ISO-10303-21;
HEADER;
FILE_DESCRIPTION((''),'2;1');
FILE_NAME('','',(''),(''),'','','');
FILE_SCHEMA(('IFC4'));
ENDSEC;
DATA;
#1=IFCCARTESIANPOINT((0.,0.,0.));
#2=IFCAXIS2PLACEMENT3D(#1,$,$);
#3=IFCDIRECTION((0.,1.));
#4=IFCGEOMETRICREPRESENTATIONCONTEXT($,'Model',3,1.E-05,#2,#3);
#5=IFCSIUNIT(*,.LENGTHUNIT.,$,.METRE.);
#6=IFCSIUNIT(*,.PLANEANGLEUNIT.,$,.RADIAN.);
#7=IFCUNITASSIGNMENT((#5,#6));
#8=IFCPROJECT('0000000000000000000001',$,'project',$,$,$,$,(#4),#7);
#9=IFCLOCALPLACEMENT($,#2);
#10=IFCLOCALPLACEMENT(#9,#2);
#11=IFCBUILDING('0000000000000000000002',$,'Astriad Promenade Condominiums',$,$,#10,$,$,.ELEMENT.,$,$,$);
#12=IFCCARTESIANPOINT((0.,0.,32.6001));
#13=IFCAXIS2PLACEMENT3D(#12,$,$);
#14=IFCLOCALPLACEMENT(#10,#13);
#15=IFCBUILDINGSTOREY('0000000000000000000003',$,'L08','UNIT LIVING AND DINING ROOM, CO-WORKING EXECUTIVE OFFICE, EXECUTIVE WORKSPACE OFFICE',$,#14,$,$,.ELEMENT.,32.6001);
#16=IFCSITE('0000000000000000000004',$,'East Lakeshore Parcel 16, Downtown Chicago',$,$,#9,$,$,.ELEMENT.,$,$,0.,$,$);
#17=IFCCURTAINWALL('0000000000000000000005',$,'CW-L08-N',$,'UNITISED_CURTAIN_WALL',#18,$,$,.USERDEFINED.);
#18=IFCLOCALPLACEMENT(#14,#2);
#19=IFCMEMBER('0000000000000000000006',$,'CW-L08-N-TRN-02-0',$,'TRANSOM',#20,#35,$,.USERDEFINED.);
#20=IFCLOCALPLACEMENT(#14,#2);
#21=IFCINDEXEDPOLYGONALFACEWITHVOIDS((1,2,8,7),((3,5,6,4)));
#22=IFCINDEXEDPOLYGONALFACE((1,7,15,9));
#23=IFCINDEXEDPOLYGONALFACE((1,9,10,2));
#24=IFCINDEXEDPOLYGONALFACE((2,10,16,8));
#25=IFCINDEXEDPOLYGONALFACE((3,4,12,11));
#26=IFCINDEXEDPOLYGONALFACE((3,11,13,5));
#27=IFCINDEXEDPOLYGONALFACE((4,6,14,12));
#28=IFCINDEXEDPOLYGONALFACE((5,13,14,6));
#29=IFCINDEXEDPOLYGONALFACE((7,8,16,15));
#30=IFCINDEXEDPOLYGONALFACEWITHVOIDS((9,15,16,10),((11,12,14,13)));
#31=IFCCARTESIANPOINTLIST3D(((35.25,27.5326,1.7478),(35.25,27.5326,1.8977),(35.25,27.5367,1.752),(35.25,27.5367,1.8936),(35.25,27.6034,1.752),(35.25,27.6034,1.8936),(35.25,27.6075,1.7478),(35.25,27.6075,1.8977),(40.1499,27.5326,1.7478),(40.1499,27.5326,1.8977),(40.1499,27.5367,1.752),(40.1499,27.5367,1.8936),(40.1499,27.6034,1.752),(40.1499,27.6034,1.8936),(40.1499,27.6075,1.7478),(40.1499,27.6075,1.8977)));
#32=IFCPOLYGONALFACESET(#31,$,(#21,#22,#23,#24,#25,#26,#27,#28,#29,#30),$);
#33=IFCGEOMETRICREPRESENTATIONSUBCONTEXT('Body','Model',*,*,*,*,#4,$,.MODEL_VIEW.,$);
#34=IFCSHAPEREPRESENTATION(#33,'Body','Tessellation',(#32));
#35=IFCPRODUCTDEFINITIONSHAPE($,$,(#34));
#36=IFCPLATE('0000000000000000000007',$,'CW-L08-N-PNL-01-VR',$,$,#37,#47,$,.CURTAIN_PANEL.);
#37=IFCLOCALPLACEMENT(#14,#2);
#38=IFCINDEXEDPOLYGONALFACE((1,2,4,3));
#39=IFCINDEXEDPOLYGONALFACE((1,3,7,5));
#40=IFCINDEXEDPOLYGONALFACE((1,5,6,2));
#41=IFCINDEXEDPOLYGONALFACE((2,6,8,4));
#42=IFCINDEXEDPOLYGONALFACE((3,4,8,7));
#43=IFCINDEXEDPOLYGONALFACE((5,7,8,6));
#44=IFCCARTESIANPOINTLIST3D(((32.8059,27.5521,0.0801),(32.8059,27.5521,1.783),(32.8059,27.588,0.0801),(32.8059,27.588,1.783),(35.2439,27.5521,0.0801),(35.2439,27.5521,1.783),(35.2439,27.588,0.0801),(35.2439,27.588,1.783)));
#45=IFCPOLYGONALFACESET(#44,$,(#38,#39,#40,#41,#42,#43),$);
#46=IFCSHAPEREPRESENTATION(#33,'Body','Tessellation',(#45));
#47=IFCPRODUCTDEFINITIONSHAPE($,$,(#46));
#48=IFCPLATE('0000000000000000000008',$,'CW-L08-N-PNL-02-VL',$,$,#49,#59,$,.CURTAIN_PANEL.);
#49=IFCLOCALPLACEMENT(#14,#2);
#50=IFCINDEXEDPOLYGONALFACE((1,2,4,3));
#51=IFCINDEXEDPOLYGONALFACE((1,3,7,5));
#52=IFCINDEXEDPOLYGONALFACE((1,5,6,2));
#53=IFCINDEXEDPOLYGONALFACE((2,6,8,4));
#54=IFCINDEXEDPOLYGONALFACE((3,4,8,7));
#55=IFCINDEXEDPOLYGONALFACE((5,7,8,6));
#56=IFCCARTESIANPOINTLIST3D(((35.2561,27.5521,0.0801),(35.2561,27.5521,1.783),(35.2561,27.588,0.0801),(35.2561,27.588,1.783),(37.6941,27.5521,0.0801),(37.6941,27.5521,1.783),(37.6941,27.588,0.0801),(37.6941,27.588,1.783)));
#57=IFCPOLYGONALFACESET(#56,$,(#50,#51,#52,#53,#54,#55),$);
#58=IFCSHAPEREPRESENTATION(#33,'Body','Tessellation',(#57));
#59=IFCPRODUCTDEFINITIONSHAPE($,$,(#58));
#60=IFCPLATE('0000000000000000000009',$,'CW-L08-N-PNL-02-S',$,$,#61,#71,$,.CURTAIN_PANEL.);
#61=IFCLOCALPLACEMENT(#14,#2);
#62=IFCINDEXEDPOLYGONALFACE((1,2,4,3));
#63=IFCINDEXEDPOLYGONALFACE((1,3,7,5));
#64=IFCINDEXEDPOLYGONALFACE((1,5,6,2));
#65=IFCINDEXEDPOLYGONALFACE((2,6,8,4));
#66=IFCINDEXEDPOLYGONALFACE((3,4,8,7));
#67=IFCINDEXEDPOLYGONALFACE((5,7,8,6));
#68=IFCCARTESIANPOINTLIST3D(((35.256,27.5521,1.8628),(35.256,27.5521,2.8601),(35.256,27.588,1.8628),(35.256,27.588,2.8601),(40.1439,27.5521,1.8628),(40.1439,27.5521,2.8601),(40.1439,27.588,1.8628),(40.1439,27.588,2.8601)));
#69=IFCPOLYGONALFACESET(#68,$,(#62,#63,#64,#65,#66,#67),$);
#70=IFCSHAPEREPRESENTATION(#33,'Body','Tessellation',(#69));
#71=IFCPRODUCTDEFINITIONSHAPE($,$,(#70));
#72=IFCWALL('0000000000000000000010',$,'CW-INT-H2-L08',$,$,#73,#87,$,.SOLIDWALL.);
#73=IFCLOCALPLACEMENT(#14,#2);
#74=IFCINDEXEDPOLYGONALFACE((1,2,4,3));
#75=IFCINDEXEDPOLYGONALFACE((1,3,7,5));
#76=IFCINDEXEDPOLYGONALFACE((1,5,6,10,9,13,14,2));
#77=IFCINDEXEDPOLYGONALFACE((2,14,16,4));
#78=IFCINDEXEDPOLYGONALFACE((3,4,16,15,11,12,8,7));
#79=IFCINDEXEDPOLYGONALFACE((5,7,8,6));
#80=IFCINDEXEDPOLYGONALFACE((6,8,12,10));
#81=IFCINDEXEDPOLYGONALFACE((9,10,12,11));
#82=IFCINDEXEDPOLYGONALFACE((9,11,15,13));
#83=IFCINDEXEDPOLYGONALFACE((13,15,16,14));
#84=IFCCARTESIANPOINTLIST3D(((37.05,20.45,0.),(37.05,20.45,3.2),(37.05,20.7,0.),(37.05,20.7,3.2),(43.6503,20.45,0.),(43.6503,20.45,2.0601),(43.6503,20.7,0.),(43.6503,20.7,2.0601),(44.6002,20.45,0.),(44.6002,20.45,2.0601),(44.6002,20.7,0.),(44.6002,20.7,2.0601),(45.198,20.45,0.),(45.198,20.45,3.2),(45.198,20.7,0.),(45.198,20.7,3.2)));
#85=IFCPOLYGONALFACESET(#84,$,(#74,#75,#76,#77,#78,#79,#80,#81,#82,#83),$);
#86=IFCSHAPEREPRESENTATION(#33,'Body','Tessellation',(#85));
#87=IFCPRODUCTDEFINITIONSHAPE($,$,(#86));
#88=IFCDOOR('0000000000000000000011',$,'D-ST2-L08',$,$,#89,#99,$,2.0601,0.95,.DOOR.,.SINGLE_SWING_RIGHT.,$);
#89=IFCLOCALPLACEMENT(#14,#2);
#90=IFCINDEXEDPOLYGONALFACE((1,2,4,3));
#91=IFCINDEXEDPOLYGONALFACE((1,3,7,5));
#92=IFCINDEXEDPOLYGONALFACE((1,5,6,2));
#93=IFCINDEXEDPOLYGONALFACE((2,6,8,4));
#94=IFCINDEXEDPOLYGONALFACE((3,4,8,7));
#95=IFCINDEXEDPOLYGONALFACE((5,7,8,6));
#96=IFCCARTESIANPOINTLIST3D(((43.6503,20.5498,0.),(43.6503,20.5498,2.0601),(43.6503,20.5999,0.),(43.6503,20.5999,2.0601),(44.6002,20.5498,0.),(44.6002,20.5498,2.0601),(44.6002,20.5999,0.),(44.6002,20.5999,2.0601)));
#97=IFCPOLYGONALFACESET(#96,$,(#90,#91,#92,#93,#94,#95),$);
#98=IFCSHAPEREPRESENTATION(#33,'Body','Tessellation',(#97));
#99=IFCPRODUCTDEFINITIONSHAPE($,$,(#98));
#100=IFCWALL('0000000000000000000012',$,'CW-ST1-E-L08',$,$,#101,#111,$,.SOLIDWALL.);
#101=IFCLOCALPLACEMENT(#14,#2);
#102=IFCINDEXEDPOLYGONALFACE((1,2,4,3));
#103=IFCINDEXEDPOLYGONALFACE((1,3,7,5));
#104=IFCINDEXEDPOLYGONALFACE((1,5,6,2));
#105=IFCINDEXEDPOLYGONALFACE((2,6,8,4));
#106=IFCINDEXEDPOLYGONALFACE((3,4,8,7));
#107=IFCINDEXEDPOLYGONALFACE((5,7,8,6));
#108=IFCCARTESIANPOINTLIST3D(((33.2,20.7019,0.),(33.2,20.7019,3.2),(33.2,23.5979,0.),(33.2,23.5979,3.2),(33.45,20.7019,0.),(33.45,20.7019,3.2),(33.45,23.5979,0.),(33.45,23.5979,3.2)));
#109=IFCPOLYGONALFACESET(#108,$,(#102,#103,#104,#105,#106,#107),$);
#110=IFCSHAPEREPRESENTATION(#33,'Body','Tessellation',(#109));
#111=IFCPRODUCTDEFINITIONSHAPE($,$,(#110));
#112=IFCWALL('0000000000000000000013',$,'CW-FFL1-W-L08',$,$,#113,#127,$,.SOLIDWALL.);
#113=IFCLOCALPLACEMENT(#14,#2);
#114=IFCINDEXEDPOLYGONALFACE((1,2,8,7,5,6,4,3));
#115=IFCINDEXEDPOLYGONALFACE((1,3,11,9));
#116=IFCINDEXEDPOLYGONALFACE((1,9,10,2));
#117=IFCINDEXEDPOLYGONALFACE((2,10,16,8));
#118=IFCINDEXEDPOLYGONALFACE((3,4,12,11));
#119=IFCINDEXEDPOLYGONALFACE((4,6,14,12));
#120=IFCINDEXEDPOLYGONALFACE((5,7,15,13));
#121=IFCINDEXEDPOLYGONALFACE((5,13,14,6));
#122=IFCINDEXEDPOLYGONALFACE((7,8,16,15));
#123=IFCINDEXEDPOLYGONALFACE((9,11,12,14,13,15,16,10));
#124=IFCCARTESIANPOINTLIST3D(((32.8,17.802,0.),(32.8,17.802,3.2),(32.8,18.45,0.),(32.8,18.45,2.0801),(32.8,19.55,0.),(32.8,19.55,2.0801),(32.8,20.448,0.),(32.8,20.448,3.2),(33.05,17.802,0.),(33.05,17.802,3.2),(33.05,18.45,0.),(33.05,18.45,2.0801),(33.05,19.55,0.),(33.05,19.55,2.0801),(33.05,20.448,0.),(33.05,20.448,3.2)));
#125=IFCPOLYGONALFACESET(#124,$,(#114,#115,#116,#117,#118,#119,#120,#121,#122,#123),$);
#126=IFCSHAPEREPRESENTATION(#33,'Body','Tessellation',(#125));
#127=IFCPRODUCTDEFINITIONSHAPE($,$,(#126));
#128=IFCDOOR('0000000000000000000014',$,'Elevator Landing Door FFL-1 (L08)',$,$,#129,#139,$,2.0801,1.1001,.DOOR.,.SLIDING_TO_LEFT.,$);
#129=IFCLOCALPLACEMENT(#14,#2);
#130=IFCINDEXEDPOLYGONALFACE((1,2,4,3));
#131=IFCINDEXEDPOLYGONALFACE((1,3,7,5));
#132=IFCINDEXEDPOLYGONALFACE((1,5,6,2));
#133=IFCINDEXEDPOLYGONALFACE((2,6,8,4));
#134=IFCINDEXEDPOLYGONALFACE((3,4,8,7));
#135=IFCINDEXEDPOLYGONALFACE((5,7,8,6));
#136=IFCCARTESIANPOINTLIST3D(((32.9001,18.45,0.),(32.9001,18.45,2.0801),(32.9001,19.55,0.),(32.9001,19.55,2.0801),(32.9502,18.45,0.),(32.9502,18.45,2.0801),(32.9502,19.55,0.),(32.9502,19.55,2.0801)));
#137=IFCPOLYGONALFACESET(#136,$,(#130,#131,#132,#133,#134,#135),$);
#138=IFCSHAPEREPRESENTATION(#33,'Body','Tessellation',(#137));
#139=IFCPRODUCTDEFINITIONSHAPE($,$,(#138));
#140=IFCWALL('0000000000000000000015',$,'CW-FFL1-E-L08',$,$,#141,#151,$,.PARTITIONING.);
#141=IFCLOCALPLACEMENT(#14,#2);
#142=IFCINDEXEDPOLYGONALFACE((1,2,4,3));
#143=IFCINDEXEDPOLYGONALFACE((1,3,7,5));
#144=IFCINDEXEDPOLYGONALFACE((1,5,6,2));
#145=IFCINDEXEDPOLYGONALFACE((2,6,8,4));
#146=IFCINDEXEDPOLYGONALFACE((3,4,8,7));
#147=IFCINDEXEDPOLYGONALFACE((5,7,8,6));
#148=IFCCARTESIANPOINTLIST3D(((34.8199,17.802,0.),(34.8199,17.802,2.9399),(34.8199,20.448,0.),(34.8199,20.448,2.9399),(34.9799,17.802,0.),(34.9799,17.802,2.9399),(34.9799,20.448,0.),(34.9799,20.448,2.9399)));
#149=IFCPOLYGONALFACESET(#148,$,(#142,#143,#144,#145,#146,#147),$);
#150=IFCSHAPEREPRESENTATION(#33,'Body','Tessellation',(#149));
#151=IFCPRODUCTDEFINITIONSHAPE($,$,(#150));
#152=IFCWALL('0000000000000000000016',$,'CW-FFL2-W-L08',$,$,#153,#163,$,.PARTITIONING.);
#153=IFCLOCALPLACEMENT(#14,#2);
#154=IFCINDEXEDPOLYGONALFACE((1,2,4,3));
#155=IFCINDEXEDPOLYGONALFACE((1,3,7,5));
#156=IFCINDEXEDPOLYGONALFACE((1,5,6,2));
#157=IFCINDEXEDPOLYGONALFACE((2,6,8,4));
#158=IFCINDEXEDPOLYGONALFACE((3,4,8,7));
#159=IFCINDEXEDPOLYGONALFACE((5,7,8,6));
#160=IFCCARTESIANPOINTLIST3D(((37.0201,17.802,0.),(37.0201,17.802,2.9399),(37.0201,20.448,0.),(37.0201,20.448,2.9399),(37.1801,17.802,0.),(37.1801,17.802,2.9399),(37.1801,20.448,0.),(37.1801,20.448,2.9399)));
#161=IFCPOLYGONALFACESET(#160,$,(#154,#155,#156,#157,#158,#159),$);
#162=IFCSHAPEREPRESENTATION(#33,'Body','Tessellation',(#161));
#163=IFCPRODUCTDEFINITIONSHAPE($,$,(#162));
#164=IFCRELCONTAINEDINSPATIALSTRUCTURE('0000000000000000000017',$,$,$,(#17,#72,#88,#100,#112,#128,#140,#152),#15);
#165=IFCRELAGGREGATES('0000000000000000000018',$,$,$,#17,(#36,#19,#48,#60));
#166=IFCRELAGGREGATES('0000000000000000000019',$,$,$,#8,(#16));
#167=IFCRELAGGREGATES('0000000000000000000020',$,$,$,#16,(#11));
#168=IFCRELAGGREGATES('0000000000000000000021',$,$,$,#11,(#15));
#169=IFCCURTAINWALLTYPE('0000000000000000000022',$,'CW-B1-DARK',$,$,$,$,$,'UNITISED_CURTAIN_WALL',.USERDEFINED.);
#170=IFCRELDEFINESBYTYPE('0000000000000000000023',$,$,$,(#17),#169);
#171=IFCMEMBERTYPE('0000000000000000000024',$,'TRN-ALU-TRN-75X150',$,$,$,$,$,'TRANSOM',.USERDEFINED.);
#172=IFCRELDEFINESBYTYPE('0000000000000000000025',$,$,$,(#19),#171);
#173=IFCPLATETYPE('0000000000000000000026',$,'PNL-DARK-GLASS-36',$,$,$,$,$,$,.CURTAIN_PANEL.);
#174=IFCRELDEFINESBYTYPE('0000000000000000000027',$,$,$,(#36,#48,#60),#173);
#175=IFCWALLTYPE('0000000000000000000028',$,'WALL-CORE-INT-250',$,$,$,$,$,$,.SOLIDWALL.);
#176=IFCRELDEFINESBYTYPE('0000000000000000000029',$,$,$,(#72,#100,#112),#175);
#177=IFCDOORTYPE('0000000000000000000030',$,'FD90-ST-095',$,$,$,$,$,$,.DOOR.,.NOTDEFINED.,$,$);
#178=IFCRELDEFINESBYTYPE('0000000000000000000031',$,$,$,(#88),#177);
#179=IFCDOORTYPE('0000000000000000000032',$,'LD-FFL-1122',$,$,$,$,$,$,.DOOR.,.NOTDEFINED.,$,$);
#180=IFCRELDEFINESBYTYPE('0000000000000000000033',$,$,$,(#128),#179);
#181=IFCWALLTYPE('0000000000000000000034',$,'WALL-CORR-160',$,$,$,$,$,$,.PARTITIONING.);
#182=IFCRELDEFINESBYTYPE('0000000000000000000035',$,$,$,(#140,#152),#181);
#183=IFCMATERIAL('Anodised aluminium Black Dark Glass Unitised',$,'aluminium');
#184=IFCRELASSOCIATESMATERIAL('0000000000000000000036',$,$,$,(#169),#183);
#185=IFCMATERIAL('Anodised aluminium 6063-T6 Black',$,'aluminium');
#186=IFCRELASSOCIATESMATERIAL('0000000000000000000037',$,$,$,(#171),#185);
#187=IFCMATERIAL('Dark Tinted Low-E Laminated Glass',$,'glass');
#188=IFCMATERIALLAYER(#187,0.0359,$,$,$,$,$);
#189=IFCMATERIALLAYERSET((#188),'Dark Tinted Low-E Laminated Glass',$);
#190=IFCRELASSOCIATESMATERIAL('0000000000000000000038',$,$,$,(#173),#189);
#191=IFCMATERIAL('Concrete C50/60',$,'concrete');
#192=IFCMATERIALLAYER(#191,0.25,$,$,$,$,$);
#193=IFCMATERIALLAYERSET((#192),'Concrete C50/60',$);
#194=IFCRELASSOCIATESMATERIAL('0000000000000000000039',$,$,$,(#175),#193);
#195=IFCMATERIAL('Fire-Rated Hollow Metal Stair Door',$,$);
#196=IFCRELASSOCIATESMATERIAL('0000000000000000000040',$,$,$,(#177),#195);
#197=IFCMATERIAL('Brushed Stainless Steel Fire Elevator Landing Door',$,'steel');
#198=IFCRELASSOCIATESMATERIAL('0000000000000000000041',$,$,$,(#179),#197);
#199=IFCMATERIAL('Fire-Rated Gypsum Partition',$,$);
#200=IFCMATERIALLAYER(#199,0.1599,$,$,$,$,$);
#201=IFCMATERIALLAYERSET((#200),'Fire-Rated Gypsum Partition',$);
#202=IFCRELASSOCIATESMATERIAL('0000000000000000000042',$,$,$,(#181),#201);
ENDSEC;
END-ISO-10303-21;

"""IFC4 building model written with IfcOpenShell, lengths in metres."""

from ifc_helpers import new_model, si_unit, direction, frame, frame_2d, origin, origin_2d, place, context, subcontext, project, spatial, rectangle, hollow_rectangle, extrude, source, transform, mapped, material, layer, layer_set, material_profile, profile_set, type_object, type_shapes, element, fill, aggregate, save


model = new_model("IFC4")

# Units and contexts
model_context = context("Model", 3, precision=1e-05, world=origin(), true_north=direction((0.0, 1.0)))
body_context = subcontext(model_context, "Body", "Model", "MODEL_VIEW")
ifc_project = project(units=[si_unit("LENGTHUNIT", "METRE"), si_unit("PLANEANGLEUNIT", "RADIAN")], contexts=[model_context])

# Site, building, storey
site_placement = place(None, origin())
site = spatial("IfcSite", under=ifc_project, at=site_placement, Name="East Lakeshore Parcel 16, Downtown Chicago", CompositionType="ELEMENT", RefElevation=0.0)
building_placement = place(site_placement, origin())
building = spatial("IfcBuilding", under=site, at=building_placement, Name="Astriad Promenade Condominiums", CompositionType="ELEMENT")
storey_placement = place(building_placement, frame((0.0, 0.0, 32.6001)))
storey = spatial("IfcBuildingStorey", under=building, at=storey_placement, Name="L08", Description="UNIT LIVING AND DINING ROOM, CO-WORKING EXECUTIVE OFFICE, EXECUTIVE WORKSPACE OFFICE", CompositionType="ELEMENT", Elevation=32.6001)

# Curtain wall, member, plates
ifc_material_1 = material(Name="Anodised aluminium Black Dark Glass Unitised", Category="aluminium")
curtain_wall_type = type_object("IfcCurtainWallType", Name="CW-B1-DARK", ElementType="UNITISED_CURTAIN_WALL", PredefinedType="USERDEFINED", material=ifc_material_1)
curtain_wall_placement = place(storey_placement, origin())
curtain_wall = element("IfcCurtainWall", 1, at=curtain_wall_placement, inside=storey, type_object=curtain_wall_type, Name="CW-L08-N", ObjectType="UNITISED_CURTAIN_WALL", PredefinedType="USERDEFINED")
ifc_material_2 = material(Name="Anodised aluminium 6063-T6 Black", Category="aluminium")
ifc_material_profile_1 = material_profile(ifc_material_2, hollow_rectangle(XDim=0.075, YDim=0.1499, WallThickness=0.0042, at=origin_2d()), Name="ALU-TRN-75X150")
ifc_profile_set_1 = profile_set([ifc_material_profile_1], Name="Anodised aluminium 6063-T6 Black")
member_type_1 = type_object("IfcMemberType", Name="TRN-ALU-TRN-75X150", ElementType="TRANSOM", PredefinedType="USERDEFINED", material=ifc_profile_set_1)
shared_shape_1 = source(origin(), body_context, "Body", "SweptSolid", [
    extrude(hollow_rectangle(XDim=0.075, YDim=0.1499, WallThickness=0.0042, at=origin_2d()), origin(), (0.0, 0.0, 1.0), 4.8999),
])
type_shapes(member_type_1, [shared_shape_1])
member_1_placement = place(storey_placement, frame((35.25, 27.5701, 1.8228), z_axis=(1.0, 0.0, 0.0), x_axis=(0.0, 1.0, 0.0)))
member_1 = element("IfcMember", 2, at=member_1_placement, type_object=member_type_1, Name="CW-L08-N-TRN-02-0", ObjectType="TRANSOM", PredefinedType="USERDEFINED", context=body_context, shape_type="MappedRepresentation", body=[
    mapped(shared_shape_1, transform((0.0, 0.0, 0.0), scale=1.0)),
])
ifc_material_3 = material(Name="Dark Tinted Low-E Laminated Glass", Category="glass")
ifc_layer_1 = layer(ifc_material_3, 0.0359)
ifc_layer_set_1 = layer_set([ifc_layer_1], Name="Dark Tinted Low-E Laminated Glass")
plate_type = type_object("IfcPlateType", Name="PNL-DARK-GLASS-36", PredefinedType="CURTAIN_PANEL", material=ifc_layer_set_1)
shared_shape_2 = source(origin(), body_context, "Body", "SweptSolid", [
    extrude(rectangle(XDim=2.438, YDim=0.0359, at=origin_2d()), origin(), (0.0, 0.0, 1.0), 1.7029),
])
plate_1_placement = place(storey_placement, frame((34.0249, 27.5701, 0.0801), z_axis=(0.0, 0.0, 1.0), x_axis=(1.0, 0.0, 0.0)))
plate_1 = element("IfcPlate", 3, at=plate_1_placement, type_object=plate_type, Name="CW-L08-N-PNL-01-VR", PredefinedType="CURTAIN_PANEL", context=body_context, shape_type="MappedRepresentation", body=[
    mapped(shared_shape_2, transform((0.0, 0.0, 0.0), scale=1.0)),
])
plate_2_placement = place(storey_placement, frame((36.4751, 27.5701, 0.0801), z_axis=(0.0, 0.0, 1.0), x_axis=(1.0, 0.0, 0.0)))
plate_2 = element("IfcPlate", 4, at=plate_2_placement, type_object=plate_type, Name="CW-L08-N-PNL-02-VL", PredefinedType="CURTAIN_PANEL", context=body_context, shape_type="MappedRepresentation", body=[
    mapped(shared_shape_2, transform((0.0, 0.0, 0.0), scale=1.0)),
])
shared_shape_3 = source(origin(), body_context, "Body", "SweptSolid", [
    extrude(rectangle(XDim=4.8879, YDim=0.0359, at=origin_2d()), origin(), (0.0, 0.0, 1.0), 0.9973),
])
type_shapes(plate_type, [shared_shape_2, shared_shape_3])
plate_3_placement = place(storey_placement, frame((37.7, 27.5701, 1.8628), z_axis=(0.0, 0.0, 1.0), x_axis=(1.0, 0.0, 0.0)))
plate_3 = element("IfcPlate", 5, at=plate_3_placement, type_object=plate_type, Name="CW-L08-N-PNL-02-S", PredefinedType="CURTAIN_PANEL", context=body_context, shape_type="MappedRepresentation", body=[
    mapped(shared_shape_3, transform((0.0, 0.0, 0.0), scale=1.0)),
])
aggregate(curtain_wall, [plate_1, member_1, plate_2, plate_3])

# Wall, opening, door
ifc_material_4 = material(Name="Concrete C50/60", Category="concrete")
ifc_layer_2 = layer(ifc_material_4, 0.25)
ifc_layer_set_2 = layer_set([ifc_layer_2], Name="Concrete C50/60")
wall_type_1 = type_object("IfcWallType", Name="WALL-CORE-INT-250", PredefinedType="SOLIDWALL", material=ifc_layer_set_2)
wall_1_placement = place(storey_placement, frame((37.05, 20.575, 0.0), z_axis=(0.0, 0.0, 1.0), x_axis=(1.0, 0.0, 0.0)))
wall_1 = element("IfcWall", 6, at=wall_1_placement, inside=storey, type_object=wall_type_1, Name="CW-INT-H2-L08", PredefinedType="SOLIDWALL", context=body_context, shape_type="SweptSolid", body=[
    extrude(rectangle(XDim=8.1479, YDim=0.25, at=frame_2d((4.074, 0.0))), origin(), (0.0, 0.0, 1.0), 3.2),
])
opening_1_placement = place(wall_1_placement, frame((6.6001, 0.0, 0.0)))
opening_1 = element("IfcOpeningElement", 7, at=opening_1_placement, cuts=wall_1, PredefinedType="OPENING", context=body_context, shape_type="SweptSolid", body=[
    extrude(rectangle(XDim=0.95, YDim=2.0601, at=frame_2d((0.4751, 1.03))), frame((0.0, 0.135, 0.0), z_axis=(0.0, -1.0, 0.0), x_axis=(1.0, 0.0, 0.0)), (0.0, 0.0, 1.0), 0.27),
])
ifc_material_5 = material(Name="Fire-Rated Hollow Metal Stair Door")
door_type_1 = type_object("IfcDoorType", Name="FD90-ST-095", OperationType="NOTDEFINED", PredefinedType="DOOR", material=ifc_material_5)
shared_shape_4 = source(origin(), body_context, "Body", "SweptSolid", [
    extrude(rectangle(XDim=0.95, YDim=2.0601, at=frame_2d((0.4751, 1.03))), frame((0.0, 0.0249, 0.0), z_axis=(0.0, -1.0, 0.0), x_axis=(1.0, 0.0, 0.0)), (0.0, 0.0, 1.0), 0.05),
])
type_shapes(door_type_1, [shared_shape_4])
door_1_placement = place(opening_1_placement, origin())
door_1 = element("IfcDoor", 8, at=door_1_placement, inside=storey, type_object=door_type_1, Name="D-ST2-L08", OperationType="SINGLE_SWING_RIGHT", OverallHeight=2.0601, OverallWidth=0.95, PredefinedType="DOOR", context=body_context, shape_type="MappedRepresentation", body=[
    mapped(shared_shape_4, transform((0.0, 0.0, 0.0), scale=1.0)),
])
fill(opening_1, door_1)

# Wall
wall_2_placement = place(storey_placement, frame((33.325, 20.7019, 0.0), z_axis=(0.0, 0.0, 1.0), x_axis=(0.0, 1.0, 0.0)))
element("IfcWall", 9, at=wall_2_placement, inside=storey, type_object=wall_type_1, Name="CW-ST1-E-L08", PredefinedType="SOLIDWALL", context=body_context, shape_type="SweptSolid", body=[
    extrude(rectangle(XDim=2.896, YDim=0.25, at=frame_2d((1.448, 0.0))), origin(), (0.0, 0.0, 1.0), 3.2),
])

# Wall, opening, door
wall_3_placement = place(storey_placement, frame((32.925, 17.802, 0.0), z_axis=(0.0, 0.0, 1.0), x_axis=(0.0, 1.0, 0.0)))
wall_3 = element("IfcWall", 10, at=wall_3_placement, inside=storey, type_object=wall_type_1, Name="CW-FFL1-W-L08", PredefinedType="SOLIDWALL", context=body_context, shape_type="SweptSolid", body=[
    extrude(rectangle(XDim=2.646, YDim=0.25, at=frame_2d((1.323, 0.0))), origin(), (0.0, 0.0, 1.0), 3.2),
])
opening_2_placement = place(wall_3_placement, frame((0.6479, 0.0, 0.0)))
opening_2 = element("IfcOpeningElement", 11, at=opening_2_placement, cuts=wall_3, PredefinedType="OPENING", context=body_context, shape_type="SweptSolid", body=[
    extrude(rectangle(XDim=1.1001, YDim=2.0801, at=frame_2d((0.55, 1.04))), frame((0.0, 0.135, 0.0), z_axis=(0.0, -1.0, 0.0), x_axis=(1.0, 0.0, 0.0)), (0.0, 0.0, 1.0), 0.27),
])
ifc_material_6 = material(Name="Brushed Stainless Steel Fire Elevator Landing Door", Category="steel")
door_type_2 = type_object("IfcDoorType", Name="LD-FFL-1122", OperationType="NOTDEFINED", PredefinedType="DOOR", material=ifc_material_6)
shared_shape_5 = source(origin(), body_context, "Body", "SweptSolid", [
    extrude(rectangle(XDim=1.1001, YDim=2.0801, at=frame_2d((0.55, 1.04))), frame((0.0, 0.0249, 0.0), z_axis=(0.0, -1.0, 0.0), x_axis=(1.0, 0.0, 0.0)), (0.0, 0.0, 1.0), 0.05),
])
type_shapes(door_type_2, [shared_shape_5])
door_2_placement = place(opening_2_placement, origin())
door_2 = element("IfcDoor", 12, at=door_2_placement, inside=storey, type_object=door_type_2, Name="Elevator Landing Door FFL-1 (L08)", OperationType="SLIDING_TO_LEFT", OverallHeight=2.0801, OverallWidth=1.1001, PredefinedType="DOOR", context=body_context, shape_type="MappedRepresentation", body=[
    mapped(shared_shape_5, transform((0.0, 0.0, 0.0), scale=1.0)),
])
fill(opening_2, door_2)

# Walls
ifc_material_7 = material(Name="Fire-Rated Gypsum Partition")
ifc_layer_3 = layer(ifc_material_7, 0.1599)
ifc_layer_set_3 = layer_set([ifc_layer_3], Name="Fire-Rated Gypsum Partition")
wall_type_2 = type_object("IfcWallType", Name="WALL-CORR-160", PredefinedType="PARTITIONING", material=ifc_layer_set_3)
for number, where, z_axis, x_axis, name in (
    (13, (34.8999, 17.802, 0.0), (0.0, 0.0, 1.0), (0.0, 1.0, 0.0), "CW-FFL1-E-L08"),
    (14, (37.1001, 17.802, 0.0), (0.0, 0.0, 1.0), (0.0, 1.0, 0.0), "CW-FFL2-W-L08"),
):
    element("IfcWall", number, at=place(storey_placement, frame(where, z_axis=z_axis, x_axis=x_axis)), inside=storey, type_object=wall_type_2, Name=name, PredefinedType="PARTITIONING", context=body_context, shape_type="SweptSolid", body=[
        extrude(rectangle(XDim=2.646, YDim=0.1599, at=frame_2d((1.323, 0.0))), origin(), (0.0, 0.0, 1.0), 2.9399),
    ])

save(model, "model.ifc")
